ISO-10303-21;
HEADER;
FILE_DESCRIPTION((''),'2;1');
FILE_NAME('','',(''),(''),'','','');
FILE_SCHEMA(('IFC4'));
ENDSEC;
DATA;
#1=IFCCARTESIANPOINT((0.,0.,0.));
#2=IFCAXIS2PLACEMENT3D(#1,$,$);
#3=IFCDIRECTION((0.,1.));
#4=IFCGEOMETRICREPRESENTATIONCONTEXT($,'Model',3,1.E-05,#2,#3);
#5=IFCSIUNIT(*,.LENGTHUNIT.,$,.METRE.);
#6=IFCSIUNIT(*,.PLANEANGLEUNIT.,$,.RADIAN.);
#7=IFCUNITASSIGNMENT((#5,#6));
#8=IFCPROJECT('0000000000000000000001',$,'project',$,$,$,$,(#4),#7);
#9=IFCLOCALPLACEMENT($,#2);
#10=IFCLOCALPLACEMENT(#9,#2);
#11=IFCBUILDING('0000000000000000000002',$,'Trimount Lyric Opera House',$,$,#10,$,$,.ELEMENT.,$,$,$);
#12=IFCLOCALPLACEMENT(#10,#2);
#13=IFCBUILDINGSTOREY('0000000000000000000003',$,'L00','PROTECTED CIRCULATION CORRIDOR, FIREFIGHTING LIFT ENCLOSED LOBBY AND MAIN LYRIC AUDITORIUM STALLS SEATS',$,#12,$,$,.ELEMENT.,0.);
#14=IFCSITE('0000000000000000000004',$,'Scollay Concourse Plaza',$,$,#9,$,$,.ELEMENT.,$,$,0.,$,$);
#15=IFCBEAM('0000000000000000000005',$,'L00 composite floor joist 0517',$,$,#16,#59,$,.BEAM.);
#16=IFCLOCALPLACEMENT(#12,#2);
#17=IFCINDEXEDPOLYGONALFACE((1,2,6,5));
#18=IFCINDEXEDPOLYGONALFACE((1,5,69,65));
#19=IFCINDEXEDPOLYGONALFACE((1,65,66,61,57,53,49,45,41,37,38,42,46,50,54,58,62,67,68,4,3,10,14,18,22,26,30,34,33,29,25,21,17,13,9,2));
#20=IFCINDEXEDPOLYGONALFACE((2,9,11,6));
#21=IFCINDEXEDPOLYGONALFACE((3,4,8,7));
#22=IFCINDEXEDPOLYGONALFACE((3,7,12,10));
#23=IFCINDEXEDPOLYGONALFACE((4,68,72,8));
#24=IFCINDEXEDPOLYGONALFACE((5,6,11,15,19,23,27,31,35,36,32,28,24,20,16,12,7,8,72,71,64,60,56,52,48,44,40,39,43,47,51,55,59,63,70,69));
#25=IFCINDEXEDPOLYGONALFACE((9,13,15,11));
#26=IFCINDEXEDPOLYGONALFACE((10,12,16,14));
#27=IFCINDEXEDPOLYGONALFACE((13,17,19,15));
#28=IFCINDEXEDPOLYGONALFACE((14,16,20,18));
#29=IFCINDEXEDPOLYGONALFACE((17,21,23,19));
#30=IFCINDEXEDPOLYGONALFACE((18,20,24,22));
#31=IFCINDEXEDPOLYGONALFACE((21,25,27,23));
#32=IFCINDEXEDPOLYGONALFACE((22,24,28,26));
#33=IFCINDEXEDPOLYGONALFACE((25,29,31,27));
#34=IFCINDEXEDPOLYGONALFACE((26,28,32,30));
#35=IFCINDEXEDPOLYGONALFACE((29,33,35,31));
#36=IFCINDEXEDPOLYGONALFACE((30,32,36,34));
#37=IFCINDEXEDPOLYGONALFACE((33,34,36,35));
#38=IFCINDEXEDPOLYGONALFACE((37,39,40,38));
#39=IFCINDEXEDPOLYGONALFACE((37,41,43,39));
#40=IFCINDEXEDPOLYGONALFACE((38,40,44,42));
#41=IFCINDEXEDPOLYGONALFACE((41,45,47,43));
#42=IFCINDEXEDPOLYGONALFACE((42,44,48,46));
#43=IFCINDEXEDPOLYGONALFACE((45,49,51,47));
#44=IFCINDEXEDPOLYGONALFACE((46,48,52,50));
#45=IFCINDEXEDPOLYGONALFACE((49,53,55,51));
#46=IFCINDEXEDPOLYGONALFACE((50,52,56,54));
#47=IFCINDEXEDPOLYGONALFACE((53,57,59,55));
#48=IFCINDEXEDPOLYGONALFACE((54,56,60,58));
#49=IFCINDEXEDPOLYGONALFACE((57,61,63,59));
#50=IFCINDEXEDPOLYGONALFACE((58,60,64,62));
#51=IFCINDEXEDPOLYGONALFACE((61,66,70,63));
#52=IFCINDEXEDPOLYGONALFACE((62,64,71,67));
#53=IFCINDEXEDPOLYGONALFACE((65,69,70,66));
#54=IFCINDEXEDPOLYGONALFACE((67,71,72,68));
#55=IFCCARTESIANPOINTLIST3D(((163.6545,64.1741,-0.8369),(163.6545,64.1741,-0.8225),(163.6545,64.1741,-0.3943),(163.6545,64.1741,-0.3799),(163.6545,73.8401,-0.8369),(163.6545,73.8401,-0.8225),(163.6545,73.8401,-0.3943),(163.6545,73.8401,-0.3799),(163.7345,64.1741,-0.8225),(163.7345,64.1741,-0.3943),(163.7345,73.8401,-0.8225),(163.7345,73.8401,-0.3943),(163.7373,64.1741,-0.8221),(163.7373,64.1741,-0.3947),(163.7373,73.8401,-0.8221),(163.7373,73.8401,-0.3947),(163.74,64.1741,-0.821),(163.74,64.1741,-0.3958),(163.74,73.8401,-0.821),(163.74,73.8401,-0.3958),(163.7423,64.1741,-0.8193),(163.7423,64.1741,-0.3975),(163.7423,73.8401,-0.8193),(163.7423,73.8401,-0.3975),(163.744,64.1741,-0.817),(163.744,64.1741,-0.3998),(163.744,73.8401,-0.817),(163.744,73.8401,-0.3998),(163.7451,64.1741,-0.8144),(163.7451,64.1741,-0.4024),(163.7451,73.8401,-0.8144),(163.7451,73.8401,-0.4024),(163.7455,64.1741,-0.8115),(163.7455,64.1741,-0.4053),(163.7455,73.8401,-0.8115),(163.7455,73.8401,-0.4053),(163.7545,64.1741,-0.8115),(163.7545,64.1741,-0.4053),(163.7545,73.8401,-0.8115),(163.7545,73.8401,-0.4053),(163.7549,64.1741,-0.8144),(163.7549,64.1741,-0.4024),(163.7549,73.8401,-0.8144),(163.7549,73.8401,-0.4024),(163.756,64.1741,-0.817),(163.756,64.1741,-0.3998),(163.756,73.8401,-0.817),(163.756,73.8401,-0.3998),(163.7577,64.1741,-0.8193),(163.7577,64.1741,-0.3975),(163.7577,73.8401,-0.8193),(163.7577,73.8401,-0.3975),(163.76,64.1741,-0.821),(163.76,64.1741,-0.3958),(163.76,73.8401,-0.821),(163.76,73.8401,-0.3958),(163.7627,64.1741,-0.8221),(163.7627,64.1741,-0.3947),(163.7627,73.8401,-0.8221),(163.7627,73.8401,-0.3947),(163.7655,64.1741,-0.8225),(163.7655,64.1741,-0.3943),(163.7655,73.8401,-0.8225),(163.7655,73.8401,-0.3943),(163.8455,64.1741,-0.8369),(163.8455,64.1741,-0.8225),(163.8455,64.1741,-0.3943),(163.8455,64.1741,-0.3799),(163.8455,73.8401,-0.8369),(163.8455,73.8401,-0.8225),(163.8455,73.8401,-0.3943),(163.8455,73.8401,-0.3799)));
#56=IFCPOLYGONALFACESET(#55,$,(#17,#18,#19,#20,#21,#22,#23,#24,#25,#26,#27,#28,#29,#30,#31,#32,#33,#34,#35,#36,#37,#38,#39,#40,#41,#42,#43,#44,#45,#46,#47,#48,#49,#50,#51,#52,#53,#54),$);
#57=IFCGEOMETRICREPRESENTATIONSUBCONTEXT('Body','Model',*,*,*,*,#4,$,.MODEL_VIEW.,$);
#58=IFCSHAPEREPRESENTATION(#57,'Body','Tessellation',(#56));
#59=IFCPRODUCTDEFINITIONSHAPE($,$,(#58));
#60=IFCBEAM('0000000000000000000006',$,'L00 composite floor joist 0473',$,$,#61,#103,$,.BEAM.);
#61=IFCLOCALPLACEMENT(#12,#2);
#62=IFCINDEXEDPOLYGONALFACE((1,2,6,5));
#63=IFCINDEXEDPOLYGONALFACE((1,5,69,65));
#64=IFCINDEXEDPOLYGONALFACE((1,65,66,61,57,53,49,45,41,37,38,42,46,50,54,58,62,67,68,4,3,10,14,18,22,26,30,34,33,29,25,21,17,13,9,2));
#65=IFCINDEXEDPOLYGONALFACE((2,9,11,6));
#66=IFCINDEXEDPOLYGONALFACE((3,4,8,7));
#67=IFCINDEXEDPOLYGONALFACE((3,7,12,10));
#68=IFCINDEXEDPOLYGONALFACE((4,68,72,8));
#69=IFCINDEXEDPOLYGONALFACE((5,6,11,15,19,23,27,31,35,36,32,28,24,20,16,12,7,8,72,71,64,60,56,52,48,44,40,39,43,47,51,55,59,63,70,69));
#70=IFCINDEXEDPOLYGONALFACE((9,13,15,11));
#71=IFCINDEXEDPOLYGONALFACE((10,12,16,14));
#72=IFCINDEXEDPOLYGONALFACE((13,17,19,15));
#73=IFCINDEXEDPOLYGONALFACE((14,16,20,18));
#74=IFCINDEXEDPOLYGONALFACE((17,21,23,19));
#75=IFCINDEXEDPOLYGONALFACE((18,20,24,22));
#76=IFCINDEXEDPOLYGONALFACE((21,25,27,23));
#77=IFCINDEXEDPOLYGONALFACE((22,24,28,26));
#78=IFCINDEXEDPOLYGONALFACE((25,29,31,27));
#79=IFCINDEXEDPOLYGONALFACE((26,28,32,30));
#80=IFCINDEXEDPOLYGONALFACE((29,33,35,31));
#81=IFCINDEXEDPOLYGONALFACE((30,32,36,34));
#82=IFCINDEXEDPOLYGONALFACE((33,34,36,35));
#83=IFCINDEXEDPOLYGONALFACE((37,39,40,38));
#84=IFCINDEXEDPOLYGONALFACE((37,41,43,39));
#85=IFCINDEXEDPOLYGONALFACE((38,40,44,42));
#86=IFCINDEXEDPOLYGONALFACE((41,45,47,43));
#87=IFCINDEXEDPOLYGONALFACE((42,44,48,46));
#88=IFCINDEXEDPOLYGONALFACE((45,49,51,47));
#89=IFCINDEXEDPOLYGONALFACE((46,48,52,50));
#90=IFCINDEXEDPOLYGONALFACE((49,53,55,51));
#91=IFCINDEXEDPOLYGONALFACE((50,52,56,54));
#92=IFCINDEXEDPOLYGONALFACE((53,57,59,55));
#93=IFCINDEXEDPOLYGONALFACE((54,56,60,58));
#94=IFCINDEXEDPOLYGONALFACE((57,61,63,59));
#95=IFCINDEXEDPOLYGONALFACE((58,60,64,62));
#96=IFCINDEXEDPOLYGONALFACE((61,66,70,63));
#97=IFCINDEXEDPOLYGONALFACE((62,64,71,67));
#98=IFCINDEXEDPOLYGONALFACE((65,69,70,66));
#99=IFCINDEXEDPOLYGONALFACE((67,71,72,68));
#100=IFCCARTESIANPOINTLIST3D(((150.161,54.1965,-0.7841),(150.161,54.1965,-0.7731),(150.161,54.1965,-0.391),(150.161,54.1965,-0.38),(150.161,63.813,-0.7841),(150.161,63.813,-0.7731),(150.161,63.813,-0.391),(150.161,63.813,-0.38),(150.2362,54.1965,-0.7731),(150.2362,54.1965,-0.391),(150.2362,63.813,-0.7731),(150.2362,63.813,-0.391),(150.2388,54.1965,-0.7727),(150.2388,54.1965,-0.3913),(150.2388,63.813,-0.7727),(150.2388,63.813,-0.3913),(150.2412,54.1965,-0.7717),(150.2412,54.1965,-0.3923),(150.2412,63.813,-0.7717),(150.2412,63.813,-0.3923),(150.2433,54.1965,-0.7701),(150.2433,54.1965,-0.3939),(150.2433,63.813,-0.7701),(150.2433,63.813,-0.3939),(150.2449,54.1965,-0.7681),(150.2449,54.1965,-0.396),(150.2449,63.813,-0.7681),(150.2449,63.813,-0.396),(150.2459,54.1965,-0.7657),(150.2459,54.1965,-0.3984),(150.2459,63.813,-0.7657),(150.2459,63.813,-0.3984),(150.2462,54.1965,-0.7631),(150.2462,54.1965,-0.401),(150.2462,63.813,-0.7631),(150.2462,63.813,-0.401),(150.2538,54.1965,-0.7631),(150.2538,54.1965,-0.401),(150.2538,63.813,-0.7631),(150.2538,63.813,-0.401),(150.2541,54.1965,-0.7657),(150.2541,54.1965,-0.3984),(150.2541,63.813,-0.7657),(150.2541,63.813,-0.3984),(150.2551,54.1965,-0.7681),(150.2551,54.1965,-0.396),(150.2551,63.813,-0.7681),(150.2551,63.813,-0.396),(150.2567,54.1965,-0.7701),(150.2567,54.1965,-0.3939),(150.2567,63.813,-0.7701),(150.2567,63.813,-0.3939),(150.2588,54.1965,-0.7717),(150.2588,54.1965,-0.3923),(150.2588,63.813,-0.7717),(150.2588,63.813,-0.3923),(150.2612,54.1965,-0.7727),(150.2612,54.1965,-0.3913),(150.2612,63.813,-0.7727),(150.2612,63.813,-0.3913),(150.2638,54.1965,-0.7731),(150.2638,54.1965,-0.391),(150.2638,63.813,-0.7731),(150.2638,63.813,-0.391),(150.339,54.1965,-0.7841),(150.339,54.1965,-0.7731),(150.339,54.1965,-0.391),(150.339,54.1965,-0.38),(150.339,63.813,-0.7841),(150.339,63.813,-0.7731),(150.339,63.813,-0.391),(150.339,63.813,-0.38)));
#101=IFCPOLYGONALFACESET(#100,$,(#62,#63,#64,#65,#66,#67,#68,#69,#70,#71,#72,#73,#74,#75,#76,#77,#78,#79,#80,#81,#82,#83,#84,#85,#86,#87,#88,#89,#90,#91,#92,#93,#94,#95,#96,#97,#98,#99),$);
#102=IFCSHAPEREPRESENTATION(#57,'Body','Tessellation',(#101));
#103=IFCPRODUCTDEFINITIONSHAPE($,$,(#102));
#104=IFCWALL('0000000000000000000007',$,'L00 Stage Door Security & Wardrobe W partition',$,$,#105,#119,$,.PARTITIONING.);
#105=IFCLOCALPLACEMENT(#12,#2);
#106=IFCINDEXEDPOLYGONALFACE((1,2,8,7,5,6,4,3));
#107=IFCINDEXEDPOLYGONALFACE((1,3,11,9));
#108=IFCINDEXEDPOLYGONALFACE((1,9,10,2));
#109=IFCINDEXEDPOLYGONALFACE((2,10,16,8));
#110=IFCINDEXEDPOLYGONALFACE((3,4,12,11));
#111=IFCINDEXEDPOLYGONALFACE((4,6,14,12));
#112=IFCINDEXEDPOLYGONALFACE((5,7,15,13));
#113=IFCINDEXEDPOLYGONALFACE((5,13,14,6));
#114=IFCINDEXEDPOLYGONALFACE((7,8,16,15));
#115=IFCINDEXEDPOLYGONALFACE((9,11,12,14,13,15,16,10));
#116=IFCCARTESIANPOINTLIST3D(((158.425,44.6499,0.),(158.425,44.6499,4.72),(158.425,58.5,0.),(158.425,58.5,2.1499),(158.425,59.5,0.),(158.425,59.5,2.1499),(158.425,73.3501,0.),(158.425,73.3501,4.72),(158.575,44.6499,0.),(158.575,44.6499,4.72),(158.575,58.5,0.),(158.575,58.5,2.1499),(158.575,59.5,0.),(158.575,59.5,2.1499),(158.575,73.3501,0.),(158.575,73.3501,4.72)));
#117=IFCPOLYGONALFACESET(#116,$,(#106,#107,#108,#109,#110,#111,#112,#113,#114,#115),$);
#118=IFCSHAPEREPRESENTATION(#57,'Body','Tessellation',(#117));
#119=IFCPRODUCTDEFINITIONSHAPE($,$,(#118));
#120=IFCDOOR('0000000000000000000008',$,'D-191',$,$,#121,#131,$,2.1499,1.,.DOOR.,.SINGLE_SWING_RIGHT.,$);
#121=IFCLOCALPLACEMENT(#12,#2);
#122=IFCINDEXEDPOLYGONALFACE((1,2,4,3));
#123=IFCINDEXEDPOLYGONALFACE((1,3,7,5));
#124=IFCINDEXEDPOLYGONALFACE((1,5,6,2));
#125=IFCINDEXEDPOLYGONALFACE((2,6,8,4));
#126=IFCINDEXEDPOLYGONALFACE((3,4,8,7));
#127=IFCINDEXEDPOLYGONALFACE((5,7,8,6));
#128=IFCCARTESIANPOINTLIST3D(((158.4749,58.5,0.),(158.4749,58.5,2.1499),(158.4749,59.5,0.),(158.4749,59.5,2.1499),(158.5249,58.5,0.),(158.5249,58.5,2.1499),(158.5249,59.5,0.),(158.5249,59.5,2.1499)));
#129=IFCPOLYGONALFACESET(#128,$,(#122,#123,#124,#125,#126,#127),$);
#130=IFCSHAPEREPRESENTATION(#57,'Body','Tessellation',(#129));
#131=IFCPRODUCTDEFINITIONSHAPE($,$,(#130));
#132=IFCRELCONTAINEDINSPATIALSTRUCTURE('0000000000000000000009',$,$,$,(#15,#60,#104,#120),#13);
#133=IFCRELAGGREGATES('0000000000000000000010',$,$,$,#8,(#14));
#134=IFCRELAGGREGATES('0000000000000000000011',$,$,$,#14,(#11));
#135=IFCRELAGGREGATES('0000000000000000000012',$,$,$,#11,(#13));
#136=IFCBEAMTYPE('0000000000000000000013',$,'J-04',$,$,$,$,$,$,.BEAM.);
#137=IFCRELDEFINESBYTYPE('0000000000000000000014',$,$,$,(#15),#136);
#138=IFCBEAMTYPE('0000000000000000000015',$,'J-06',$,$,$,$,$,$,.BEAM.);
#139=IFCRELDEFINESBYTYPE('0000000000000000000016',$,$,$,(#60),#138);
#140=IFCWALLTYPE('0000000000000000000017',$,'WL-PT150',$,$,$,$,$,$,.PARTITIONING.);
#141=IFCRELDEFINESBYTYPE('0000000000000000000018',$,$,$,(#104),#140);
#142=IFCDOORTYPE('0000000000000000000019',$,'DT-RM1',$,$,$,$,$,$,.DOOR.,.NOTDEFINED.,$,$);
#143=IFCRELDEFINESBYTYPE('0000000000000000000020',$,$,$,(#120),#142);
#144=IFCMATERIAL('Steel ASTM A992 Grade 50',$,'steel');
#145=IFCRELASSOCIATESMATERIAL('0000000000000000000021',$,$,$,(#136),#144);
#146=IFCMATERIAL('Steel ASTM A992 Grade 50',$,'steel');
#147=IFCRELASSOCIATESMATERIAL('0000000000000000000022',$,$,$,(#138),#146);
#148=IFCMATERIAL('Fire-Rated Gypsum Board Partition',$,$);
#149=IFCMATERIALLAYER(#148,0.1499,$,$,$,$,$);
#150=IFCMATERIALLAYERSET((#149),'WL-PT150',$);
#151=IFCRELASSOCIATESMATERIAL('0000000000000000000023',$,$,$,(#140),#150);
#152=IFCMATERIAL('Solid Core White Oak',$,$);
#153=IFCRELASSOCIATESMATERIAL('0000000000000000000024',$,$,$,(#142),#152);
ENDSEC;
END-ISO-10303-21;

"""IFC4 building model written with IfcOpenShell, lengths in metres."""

from ifc_helpers import new_model, si_unit, direction, frame, frame_2d, origin, origin_2d, place, context, subcontext, project, spatial, rectangle, i_section, extrude, material, layer, layer_set, material_profile, profile_set, type_object, element, fill, save


model = new_model("IFC4")

# Units and contexts
model_context = context("Model", 3, precision=1e-05, world=origin(), true_north=direction((0.0, 1.0)))
body_context = subcontext(model_context, "Body", "Model", "MODEL_VIEW")
ifc_project = project(units=[si_unit("LENGTHUNIT", "METRE"), si_unit("PLANEANGLEUNIT", "RADIAN")], contexts=[model_context])

# Site, building, storey
site_placement = place(None, origin())
site = spatial("IfcSite", under=ifc_project, at=site_placement, Name="Scollay Concourse Plaza", CompositionType="ELEMENT", RefElevation=0.0)
building_placement = place(site_placement, origin())
building = spatial("IfcBuilding", under=site, at=building_placement, Name="Trimount Lyric Opera House", CompositionType="ELEMENT")
storey_placement = place(building_placement, origin())
storey = spatial("IfcBuildingStorey", under=building, at=storey_placement, Name="L00", Description="PROTECTED CIRCULATION CORRIDOR, FIREFIGHTING LIFT ENCLOSED LOBBY AND MAIN LYRIC AUDITORIUM STALLS SEATS", CompositionType="ELEMENT", Elevation=0.0)

# Beams
ifc_material_1 = material(Name="Steel ASTM A992 Grade 50", Category="steel")
ifc_material_profile_1 = material_profile(ifc_material_1, i_section(OverallWidth=0.1909, OverallDepth=0.457, WebThickness=0.009, FlangeThickness=0.0144, FilletRadius=0.011, at=origin_2d()), Name="W18X50")
ifc_profile_set_1 = profile_set([ifc_material_profile_1], Name="Steel ASTM A992 Grade 50")
beam_type_1 = type_object("IfcBeamType", Name="J-04", PredefinedType="BEAM", material=ifc_profile_set_1)
beam_1_placement = place(storey_placement, frame((163.75, 64.1741, -0.6084), z_axis=(0.0, 1.0, 0.0), x_axis=(-1.0, 0.0, 0.0)))
element("IfcBeam", 1, at=beam_1_placement, inside=storey, type_object=beam_type_1, Name="L00 composite floor joist 0517", PredefinedType="BEAM", context=body_context, shape_type="SweptSolid", body=[
    extrude(i_section(OverallWidth=0.1909, OverallDepth=0.457, WebThickness=0.009, FlangeThickness=0.0144, FilletRadius=0.011, at=origin_2d()), origin(), (0.0, 0.0, 1.0), 9.666),
])
ifc_material_2 = material(Name="Steel ASTM A992 Grade 50", Category="steel")
ifc_material_profile_2 = material_profile(ifc_material_2, i_section(OverallWidth=0.178, OverallDepth=0.4041, WebThickness=0.0076, FlangeThickness=0.011, FilletRadius=0.01, at=origin_2d()), Name="W16X36")
ifc_profile_set_2 = profile_set([ifc_material_profile_2], Name="Steel ASTM A992 Grade 50")
beam_type_2 = type_object("IfcBeamType", Name="J-06", PredefinedType="BEAM", material=ifc_profile_set_2)
beam_2_placement = place(storey_placement, frame((150.25, 54.1965, -0.582), z_axis=(0.0, 1.0, 0.0), x_axis=(-1.0, 0.0, 0.0)))
element("IfcBeam", 2, at=beam_2_placement, inside=storey, type_object=beam_type_2, Name="L00 composite floor joist 0473", PredefinedType="BEAM", context=body_context, shape_type="SweptSolid", body=[
    extrude(i_section(OverallWidth=0.178, OverallDepth=0.4041, WebThickness=0.0076, FlangeThickness=0.011, FilletRadius=0.01, at=origin_2d()), origin(), (0.0, 0.0, 1.0), 9.6165),
])

# Wall, opening, door
ifc_material_3 = material(Name="Fire-Rated Gypsum Board Partition")
ifc_layer = layer(ifc_material_3, 0.1499)
ifc_layer_set = layer_set([ifc_layer], Name="WL-PT150")
wall_type = type_object("IfcWallType", Name="WL-PT150", PredefinedType="PARTITIONING", material=ifc_layer_set)
wall_placement = place(storey_placement, frame((158.5, 73.3501, 0.0), z_axis=(0.0, 0.0, 1.0), x_axis=(0.0, -1.0, 0.0)))
wall = element("IfcWall", 3, at=wall_placement, inside=storey, type_object=wall_type, Name="L00 Stage Door Security & Wardrobe W partition", PredefinedType="PARTITIONING", context=body_context, shape_type="SweptSolid", body=[
    extrude(rectangle(XDim=28.7002, YDim=0.1499, at=frame_2d((14.3501, 0.0))), origin(), (0.0, 0.0, 1.0), 4.72),
])
opening_placement = place(wall_placement, frame((13.8501, 0.0, 0.0)))
opening = element("IfcOpeningElement", 4, at=opening_placement, cuts=wall, PredefinedType="OPENING", context=body_context, shape_type="SweptSolid", body=[
    extrude(rectangle(XDim=1.0, YDim=2.1499, at=frame_2d((0.5, 1.075))), frame((0.0, 0.085, 0.0), z_axis=(0.0, -1.0, 0.0), x_axis=(1.0, 0.0, 0.0)), (0.0, 0.0, 1.0), 0.1699),
])
ifc_material_4 = material(Name="Solid Core White Oak")
door_type = type_object("IfcDoorType", Name="DT-RM1", OperationType="NOTDEFINED", PredefinedType="DOOR", material=ifc_material_4)
door_placement = place(opening_placement, origin())
door = element("IfcDoor", 5, at=door_placement, inside=storey, type_object=door_type, Name="D-191", OperationType="SINGLE_SWING_RIGHT", OverallHeight=2.1499, OverallWidth=1.0, PredefinedType="DOOR", context=body_context, shape_type="SweptSolid", body=[
    extrude(rectangle(XDim=1.0, YDim=2.1499, at=frame_2d((0.5, 1.075))), frame((0.0, 0.0249, 0.0), z_axis=(0.0, -1.0, 0.0), x_axis=(1.0, 0.0, 0.0)), (0.0, 0.0, 1.0), 0.05),
])
fill(opening, door)

save(model, "model.ifc")
